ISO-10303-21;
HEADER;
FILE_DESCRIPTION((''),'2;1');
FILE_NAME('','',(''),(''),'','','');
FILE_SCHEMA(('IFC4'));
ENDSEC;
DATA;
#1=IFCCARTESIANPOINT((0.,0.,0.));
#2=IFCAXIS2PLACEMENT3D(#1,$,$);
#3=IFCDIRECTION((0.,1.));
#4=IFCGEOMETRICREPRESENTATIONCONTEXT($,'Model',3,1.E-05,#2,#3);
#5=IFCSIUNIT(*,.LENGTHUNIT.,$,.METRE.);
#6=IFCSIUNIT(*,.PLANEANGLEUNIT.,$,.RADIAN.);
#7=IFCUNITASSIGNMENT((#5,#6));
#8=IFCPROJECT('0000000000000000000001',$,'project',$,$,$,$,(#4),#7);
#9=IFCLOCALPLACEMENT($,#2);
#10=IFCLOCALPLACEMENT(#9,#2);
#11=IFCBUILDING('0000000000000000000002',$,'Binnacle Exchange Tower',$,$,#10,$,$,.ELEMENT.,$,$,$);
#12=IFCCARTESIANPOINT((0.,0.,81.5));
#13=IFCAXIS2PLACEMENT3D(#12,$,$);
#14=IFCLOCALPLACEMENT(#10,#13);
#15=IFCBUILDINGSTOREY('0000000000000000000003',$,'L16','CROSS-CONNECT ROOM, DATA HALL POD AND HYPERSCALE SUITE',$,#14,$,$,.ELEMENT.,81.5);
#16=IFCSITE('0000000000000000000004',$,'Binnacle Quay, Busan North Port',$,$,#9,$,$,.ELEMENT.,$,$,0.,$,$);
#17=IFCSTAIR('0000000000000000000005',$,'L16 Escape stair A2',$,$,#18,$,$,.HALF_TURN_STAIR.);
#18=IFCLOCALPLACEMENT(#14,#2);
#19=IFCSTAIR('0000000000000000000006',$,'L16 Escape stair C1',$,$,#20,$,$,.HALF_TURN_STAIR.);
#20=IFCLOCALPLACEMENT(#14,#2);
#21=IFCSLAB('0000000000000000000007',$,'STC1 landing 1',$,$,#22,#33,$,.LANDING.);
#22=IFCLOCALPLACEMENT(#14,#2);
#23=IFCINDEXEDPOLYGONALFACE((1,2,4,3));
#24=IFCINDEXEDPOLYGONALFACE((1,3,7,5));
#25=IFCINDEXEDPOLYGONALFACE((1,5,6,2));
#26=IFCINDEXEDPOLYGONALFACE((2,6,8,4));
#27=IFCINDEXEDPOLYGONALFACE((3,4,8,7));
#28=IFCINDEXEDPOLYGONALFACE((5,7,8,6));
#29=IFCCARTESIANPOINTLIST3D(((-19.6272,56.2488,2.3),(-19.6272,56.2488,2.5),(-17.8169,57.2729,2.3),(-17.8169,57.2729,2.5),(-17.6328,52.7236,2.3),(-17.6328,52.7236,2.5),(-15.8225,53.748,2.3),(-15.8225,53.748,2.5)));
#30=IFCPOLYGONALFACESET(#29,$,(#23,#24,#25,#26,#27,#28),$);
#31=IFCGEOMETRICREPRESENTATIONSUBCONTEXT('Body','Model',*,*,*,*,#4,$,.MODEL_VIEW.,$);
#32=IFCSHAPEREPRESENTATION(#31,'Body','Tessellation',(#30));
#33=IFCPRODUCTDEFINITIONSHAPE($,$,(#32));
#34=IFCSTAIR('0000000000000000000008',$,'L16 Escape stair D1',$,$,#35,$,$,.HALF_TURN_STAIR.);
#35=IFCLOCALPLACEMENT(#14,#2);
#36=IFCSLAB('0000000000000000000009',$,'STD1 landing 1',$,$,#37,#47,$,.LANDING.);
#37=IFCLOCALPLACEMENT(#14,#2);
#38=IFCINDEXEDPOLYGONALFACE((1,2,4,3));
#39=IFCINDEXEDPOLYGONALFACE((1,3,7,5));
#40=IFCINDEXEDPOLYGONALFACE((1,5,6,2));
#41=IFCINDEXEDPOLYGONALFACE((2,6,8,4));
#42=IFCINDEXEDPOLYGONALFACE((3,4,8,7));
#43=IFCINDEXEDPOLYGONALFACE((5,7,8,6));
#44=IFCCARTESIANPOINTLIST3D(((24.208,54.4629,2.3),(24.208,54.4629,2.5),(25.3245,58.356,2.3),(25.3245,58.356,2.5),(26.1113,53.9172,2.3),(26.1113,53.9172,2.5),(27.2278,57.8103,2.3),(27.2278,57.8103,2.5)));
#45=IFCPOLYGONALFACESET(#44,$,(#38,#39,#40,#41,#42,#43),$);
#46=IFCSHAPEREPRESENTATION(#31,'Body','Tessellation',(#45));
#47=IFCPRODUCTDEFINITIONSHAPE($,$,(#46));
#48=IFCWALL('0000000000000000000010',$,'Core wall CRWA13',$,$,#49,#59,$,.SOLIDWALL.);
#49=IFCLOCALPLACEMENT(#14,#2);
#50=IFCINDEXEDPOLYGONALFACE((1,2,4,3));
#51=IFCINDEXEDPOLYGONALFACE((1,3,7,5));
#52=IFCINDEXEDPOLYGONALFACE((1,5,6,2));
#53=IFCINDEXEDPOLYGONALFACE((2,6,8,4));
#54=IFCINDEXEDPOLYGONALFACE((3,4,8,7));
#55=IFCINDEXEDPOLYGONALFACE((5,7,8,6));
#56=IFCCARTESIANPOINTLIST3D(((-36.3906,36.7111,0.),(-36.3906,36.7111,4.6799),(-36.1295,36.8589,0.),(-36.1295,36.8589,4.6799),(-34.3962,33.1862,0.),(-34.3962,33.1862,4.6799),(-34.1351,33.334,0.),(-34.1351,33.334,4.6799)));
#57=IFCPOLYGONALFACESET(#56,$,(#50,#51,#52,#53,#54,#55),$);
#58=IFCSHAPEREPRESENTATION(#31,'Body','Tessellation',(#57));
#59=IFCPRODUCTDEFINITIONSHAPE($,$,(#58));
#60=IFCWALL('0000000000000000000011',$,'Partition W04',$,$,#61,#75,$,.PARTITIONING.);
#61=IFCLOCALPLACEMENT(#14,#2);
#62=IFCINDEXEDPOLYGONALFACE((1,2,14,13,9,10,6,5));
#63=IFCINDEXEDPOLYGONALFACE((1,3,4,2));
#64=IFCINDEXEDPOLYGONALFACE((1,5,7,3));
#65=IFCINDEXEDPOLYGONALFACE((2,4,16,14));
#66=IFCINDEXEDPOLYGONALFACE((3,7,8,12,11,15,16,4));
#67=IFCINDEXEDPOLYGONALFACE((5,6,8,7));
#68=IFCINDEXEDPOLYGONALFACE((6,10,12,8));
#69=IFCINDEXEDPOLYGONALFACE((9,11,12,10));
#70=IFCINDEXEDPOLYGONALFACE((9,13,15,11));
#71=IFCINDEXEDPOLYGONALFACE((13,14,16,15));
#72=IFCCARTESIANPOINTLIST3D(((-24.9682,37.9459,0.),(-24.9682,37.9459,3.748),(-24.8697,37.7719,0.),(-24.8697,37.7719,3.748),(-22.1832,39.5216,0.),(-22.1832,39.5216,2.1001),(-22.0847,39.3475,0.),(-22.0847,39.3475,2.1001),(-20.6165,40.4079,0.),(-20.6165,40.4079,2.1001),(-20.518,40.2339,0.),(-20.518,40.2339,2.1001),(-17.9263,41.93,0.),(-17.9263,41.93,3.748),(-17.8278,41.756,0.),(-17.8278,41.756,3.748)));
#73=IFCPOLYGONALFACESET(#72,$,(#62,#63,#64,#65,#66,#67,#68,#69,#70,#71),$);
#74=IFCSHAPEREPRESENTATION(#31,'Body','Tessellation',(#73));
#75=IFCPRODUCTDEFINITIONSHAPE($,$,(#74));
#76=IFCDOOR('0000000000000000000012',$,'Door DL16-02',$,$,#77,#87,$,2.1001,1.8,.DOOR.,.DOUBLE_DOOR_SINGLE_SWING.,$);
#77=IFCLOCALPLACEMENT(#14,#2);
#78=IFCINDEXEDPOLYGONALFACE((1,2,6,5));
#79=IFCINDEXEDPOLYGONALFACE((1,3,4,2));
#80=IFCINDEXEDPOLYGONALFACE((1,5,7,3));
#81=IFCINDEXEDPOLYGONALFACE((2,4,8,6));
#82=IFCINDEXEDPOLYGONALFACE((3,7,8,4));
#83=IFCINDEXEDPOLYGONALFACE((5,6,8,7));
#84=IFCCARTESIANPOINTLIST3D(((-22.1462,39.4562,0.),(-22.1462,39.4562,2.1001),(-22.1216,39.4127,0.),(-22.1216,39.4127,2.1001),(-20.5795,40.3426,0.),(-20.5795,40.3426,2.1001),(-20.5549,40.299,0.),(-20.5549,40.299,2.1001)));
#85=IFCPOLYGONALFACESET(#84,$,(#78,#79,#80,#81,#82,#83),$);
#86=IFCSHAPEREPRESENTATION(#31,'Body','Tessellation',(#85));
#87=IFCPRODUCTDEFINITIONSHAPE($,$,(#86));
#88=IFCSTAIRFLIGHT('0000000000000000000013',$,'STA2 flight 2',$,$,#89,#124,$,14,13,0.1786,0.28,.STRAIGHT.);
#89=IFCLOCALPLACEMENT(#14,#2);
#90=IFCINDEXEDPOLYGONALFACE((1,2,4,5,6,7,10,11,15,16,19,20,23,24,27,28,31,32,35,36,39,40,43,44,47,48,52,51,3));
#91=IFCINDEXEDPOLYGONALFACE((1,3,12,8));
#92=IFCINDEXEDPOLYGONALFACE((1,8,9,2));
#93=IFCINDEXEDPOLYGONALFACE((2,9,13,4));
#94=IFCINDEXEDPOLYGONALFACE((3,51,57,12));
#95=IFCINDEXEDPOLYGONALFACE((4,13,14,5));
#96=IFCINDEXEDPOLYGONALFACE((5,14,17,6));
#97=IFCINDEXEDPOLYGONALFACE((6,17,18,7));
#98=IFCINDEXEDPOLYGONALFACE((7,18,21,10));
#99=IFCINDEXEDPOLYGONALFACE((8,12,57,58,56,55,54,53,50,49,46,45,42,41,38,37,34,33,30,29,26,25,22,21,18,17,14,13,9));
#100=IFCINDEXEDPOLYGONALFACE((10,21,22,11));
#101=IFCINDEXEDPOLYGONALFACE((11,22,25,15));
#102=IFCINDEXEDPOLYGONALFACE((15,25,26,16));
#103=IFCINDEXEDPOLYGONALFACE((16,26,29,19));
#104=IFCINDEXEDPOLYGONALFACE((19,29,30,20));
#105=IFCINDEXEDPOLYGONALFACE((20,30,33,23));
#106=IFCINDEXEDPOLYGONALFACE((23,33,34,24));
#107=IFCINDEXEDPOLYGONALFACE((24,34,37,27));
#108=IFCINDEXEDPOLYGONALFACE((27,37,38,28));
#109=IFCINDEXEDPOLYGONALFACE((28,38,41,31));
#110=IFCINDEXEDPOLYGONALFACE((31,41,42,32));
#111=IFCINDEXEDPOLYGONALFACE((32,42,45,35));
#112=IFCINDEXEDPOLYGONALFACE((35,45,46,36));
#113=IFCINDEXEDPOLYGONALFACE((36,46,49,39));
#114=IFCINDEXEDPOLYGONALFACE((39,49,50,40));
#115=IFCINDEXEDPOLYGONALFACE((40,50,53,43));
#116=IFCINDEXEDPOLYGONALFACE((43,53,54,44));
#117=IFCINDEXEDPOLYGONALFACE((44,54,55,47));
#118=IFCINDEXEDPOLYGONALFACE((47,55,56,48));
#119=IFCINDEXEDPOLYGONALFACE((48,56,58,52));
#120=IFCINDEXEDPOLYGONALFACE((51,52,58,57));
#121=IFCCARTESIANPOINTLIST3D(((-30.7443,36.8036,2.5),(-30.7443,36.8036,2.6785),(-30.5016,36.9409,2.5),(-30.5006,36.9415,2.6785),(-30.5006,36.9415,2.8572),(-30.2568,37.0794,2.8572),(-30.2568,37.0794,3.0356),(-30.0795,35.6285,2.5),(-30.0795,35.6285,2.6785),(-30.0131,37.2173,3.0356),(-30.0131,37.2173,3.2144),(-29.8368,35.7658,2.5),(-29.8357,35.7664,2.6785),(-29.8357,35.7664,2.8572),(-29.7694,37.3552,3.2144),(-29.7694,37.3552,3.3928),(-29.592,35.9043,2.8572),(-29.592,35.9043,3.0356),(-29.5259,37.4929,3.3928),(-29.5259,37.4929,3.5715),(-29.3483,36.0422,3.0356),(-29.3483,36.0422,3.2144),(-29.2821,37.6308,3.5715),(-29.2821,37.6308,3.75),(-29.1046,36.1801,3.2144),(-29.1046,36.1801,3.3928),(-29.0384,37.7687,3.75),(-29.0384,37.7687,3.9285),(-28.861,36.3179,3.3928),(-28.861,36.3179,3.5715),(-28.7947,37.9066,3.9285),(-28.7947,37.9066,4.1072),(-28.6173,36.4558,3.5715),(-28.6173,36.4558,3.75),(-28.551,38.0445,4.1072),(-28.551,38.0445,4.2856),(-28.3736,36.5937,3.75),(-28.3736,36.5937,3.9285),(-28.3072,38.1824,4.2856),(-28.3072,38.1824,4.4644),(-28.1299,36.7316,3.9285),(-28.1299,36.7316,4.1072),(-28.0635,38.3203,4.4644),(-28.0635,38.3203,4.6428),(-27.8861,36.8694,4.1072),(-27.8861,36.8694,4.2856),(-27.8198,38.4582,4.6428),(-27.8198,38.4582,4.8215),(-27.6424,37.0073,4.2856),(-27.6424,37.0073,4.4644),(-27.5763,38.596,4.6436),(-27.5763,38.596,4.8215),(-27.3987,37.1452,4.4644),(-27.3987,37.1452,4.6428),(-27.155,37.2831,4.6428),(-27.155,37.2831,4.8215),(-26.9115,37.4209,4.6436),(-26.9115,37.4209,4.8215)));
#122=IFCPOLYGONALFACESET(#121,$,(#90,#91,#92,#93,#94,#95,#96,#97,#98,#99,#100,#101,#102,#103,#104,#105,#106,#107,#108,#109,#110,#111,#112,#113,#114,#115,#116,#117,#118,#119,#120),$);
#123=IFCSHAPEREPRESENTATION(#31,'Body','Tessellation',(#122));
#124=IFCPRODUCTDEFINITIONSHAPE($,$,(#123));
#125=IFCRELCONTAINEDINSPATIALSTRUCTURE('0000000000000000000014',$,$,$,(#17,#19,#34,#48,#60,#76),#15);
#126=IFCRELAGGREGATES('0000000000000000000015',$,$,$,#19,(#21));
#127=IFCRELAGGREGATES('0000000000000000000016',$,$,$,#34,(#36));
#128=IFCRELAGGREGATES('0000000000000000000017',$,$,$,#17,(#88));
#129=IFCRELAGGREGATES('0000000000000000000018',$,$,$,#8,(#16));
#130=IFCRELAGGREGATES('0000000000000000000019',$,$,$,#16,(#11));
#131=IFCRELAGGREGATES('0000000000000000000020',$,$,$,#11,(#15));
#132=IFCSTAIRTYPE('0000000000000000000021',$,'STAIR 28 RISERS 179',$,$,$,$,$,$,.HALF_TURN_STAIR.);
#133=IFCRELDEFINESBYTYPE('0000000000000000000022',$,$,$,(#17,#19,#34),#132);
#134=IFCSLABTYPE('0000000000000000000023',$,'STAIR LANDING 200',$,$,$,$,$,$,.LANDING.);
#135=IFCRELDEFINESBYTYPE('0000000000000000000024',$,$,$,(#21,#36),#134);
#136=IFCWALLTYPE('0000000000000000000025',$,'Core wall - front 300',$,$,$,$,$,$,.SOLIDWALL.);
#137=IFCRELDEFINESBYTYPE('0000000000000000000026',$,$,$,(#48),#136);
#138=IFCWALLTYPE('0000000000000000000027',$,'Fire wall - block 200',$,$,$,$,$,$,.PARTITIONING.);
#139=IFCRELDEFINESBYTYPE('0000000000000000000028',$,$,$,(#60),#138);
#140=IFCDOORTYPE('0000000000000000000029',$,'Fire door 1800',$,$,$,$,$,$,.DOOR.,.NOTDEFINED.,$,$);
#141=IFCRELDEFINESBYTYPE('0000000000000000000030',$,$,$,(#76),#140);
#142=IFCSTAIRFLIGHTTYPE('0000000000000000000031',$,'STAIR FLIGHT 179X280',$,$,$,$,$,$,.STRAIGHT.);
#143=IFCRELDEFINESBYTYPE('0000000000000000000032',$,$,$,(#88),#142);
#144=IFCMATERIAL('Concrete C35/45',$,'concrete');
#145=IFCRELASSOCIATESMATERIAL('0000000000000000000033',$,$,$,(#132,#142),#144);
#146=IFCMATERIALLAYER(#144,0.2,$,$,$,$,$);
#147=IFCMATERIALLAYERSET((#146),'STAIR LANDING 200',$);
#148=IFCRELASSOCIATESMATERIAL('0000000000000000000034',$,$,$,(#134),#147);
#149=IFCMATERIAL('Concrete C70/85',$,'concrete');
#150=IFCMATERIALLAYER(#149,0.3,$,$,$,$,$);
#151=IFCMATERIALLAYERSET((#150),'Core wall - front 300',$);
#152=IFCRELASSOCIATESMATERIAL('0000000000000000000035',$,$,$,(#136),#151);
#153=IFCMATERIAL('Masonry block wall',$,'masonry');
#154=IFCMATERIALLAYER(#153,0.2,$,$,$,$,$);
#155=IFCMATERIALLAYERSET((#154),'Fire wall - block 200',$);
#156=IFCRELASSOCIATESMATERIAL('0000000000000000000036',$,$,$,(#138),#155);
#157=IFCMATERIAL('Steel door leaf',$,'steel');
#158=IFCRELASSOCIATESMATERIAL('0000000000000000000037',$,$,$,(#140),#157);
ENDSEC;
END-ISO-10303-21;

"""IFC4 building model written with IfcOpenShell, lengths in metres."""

from ifc_helpers import new_model, si_unit, direction, frame, frame_2d, origin, place, context, subcontext, project, spatial, polyline, rectangle, outline, extrude, material, layer, layer_set, type_object, element, fill, aggregate, save


model = new_model("IFC4")

# Units and contexts
model_context = context("Model", 3, precision=1e-05, world=origin(), true_north=direction((0.0, 1.0)))
body_context = subcontext(model_context, "Body", "Model", "MODEL_VIEW")
ifc_project = project(units=[si_unit("LENGTHUNIT", "METRE"), si_unit("PLANEANGLEUNIT", "RADIAN")], contexts=[model_context])

# Site, building, storey
site_placement = place(None, origin())
site = spatial("IfcSite", under=ifc_project, at=site_placement, Name="Binnacle Quay, Busan North Port", CompositionType="ELEMENT", RefElevation=0.0)
building_placement = place(site_placement, origin())
building = spatial("IfcBuilding", under=site, at=building_placement, Name="Binnacle Exchange Tower", CompositionType="ELEMENT")
storey_placement = place(building_placement, frame((0.0, 0.0, 81.5)))
storey = spatial("IfcBuildingStorey", under=building, at=storey_placement, Name="L16", Description="CROSS-CONNECT ROOM, DATA HALL POD AND HYPERSCALE SUITE", CompositionType="ELEMENT", Elevation=81.5)

# Shared definitions
ifc_material_1 = material(Name="Concrete C70/85", Category="concrete")

# Shared definitions
ifc_material_2 = material(Name="Concrete C35/45", Category="concrete")

# Stairs, slabs
stair_type = type_object("IfcStairType", Name="STAIR 28 RISERS 179", PredefinedType="HALF_TURN_STAIR", material=ifc_material_2)
ifc_layer_1 = layer(ifc_material_2, 0.2)
ifc_layer_set_1 = layer_set([ifc_layer_1], Name="STAIR LANDING 200")
slab_type_1 = type_object("IfcSlabType", Name="STAIR LANDING 200", PredefinedType="LANDING", material=ifc_layer_set_1)
stair_1_placement = place(storey_placement, origin())
stair_1 = element("IfcStair", 1, at=stair_1_placement, inside=storey, type_object=stair_type, Name="L16 Escape stair A2", PredefinedType="HALF_TURN_STAIR")
stair_2_placement = place(storey_placement, origin())
stair_2 = element("IfcStair", 2, at=stair_2_placement, inside=storey, type_object=stair_type, Name="L16 Escape stair C1", PredefinedType="HALF_TURN_STAIR")
slab_1_placement = place(storey_placement, frame((0.0, 0.0, 2.3)))
slab_1 = element("IfcSlab", 3, at=slab_1_placement, type_object=slab_type_1, Name="STC1 landing 1", PredefinedType="LANDING", context=body_context, shape_type="SweptSolid", body=[
    extrude(outline(polyline([(-17.6328, 52.7236), (-15.8225, 53.748), (-17.8169, 57.2729), (-19.6272, 56.2488), (-17.6328, 52.7236)])), origin(), (0.0, 0.0, 1.0), 0.2),
])
aggregate(stair_2, [slab_1])
stair_3_placement = place(storey_placement, origin())
stair_3 = element("IfcStair", 4, at=stair_3_placement, inside=storey, type_object=stair_type, Name="L16 Escape stair D1", PredefinedType="HALF_TURN_STAIR")
slab_2_placement = place(storey_placement, frame((0.0, 0.0, 2.3)))
slab_2 = element("IfcSlab", 5, at=slab_2_placement, type_object=slab_type_1, Name="STD1 landing 1", PredefinedType="LANDING", context=body_context, shape_type="SweptSolid", body=[
    extrude(outline(polyline([(24.208, 54.4629), (26.1113, 53.9172), (27.2278, 57.8103), (25.3245, 58.356), (24.208, 54.4629)])), origin(), (0.0, 0.0, 1.0), 0.2),
])
aggregate(stair_3, [slab_2])

# Wall
ifc_layer_2 = layer(ifc_material_1, 0.3)
ifc_layer_set_2 = layer_set([ifc_layer_2], Name="Core wall - front 300")
wall_type_1 = type_object("IfcWallType", Name="Core wall - front 300", PredefinedType="SOLIDWALL", material=ifc_layer_set_2)
wall_1_placement = place(storey_placement, frame((-36.26, 36.7849, 0.0), z_axis=(0.0, 0.0, 1.0), x_axis=(0.492441, -0.870346, 0.0)))
element("IfcWall", 6, at=wall_1_placement, inside=storey, type_object=wall_type_1, Name="Core wall CRWA13", PredefinedType="SOLIDWALL", context=body_context, shape_type="SweptSolid", body=[
    extrude(rectangle(XDim=4.05, YDim=0.3, at=frame_2d((2.0249, 0.0))), origin(), (0.0, 0.0, 1.0), 4.6799),
])

# Wall, opening, door
ifc_material_3 = material(Name="Masonry block wall", Category="masonry")
ifc_layer_3 = layer(ifc_material_3, 0.2)
ifc_layer_set_3 = layer_set([ifc_layer_3], Name="Fire wall - block 200")
wall_type_2 = type_object("IfcWallType", Name="Fire wall - block 200", PredefinedType="PARTITIONING", material=ifc_layer_set_3)
wall_2_placement = place(storey_placement, frame((-24.9189, 37.8589, 0.0), z_axis=(0.0, 0.0, 1.0), x_axis=(0.870358, 0.49242, 0.0)))
wall_2 = element("IfcWall", 7, at=wall_2_placement, inside=storey, type_object=wall_type_2, Name="Partition W04", PredefinedType="PARTITIONING", context=body_context, shape_type="SweptSolid", body=[
    extrude(rectangle(XDim=8.0908, YDim=0.2, at=frame_2d((4.0454, 0.0))), origin(), (0.0, 0.0, 1.0), 3.748),
])
opening_placement = place(wall_2_placement, frame((3.2, 0.0, 0.0)))
opening = element("IfcOpeningElement", 8, at=opening_placement, cuts=wall_2, PredefinedType="OPENING", context=body_context, shape_type="SweptSolid", body=[
    extrude(rectangle(XDim=1.8, YDim=2.1001, at=frame_2d((0.8999, 1.05))), frame((0.0, 0.1099, 0.0), z_axis=(0.0, -1.0, 0.0), x_axis=(1.0, 0.0, 0.0)), (0.0, 0.0, 1.0), 0.22),
])
ifc_material_4 = material(Name="Steel door leaf", Category="steel")
door_type = type_object("IfcDoorType", Name="Fire door 1800", OperationType="NOTDEFINED", PredefinedType="DOOR", material=ifc_material_4)
door_placement = place(opening_placement, origin())
door = element("IfcDoor", 9, at=door_placement, inside=storey, type_object=door_type, Name="Door DL16-02", OperationType="DOUBLE_DOOR_SINGLE_SWING", OverallHeight=2.1001, OverallWidth=1.8, PredefinedType="DOOR", context=body_context, shape_type="SweptSolid", body=[
    extrude(rectangle(XDim=1.8, YDim=2.1001, at=frame_2d((0.8999, 1.05))), frame((0.0, 0.0249, 0.0), z_axis=(0.0, -1.0, 0.0), x_axis=(1.0, 0.0, 0.0)), (0.0, 0.0, 1.0), 0.05),
])
fill(opening, door)

# Stair flight
stair_flight_type = type_object("IfcStairFlightType", Name="STAIR FLIGHT 179X280", PredefinedType="STRAIGHT", material=ifc_material_2)
stair_flight_placement = place(storey_placement, frame((-30.4119, 36.2161, 2.5), z_axis=(0.0, 0.0, 1.0), x_axis=(0.870356, 0.492424, 0.0)))
stair_flight = element("IfcStairFlight", 10, at=stair_flight_placement, type_object=stair_flight_type, Name="STA2 flight 2", NumberOfRisers=14, NumberOfTreads=13, PredefinedType="STRAIGHT", RiserHeight=0.1786, TreadLength=0.28, context=body_context, shape_type="SweptSolid", body=[
    extrude(outline(polyline([(0.0, 0.0), (0.0, 0.1785), (0.28, 0.1785), (0.28, 0.3572), (0.5601, 0.3572), (0.5601, 0.5356), (0.8401, 0.5356), (0.8401, 0.7144), (1.1201, 0.7144), (1.1201, 0.8928), (1.3999, 0.8928), (1.3999, 1.0715), (1.6799, 1.0715), (1.6799, 1.25), (1.96, 1.25), (1.96, 1.4285), (2.24, 1.4285), (2.24, 1.6072), (2.52, 1.6072), (2.52, 1.7856), (2.8, 1.7856), (2.8, 1.9644), (3.0801, 1.9644), (3.0801, 2.1428), (3.3601, 2.1428), (3.3601, 2.3215), (3.6399, 2.3215), (3.6399, 2.5), (3.6399, 2.1436), (0.2788, 0.0), (0.0, 0.0)])), frame((0.0, 0.675, 0.0), z_axis=(0.0, -1.0, 0.0), x_axis=(1.0, 0.0, 0.0)), (0.0, 0.0, 1.0), 1.3501),
])
aggregate(stair_1, [stair_flight])

save(model, "model.ifc")
